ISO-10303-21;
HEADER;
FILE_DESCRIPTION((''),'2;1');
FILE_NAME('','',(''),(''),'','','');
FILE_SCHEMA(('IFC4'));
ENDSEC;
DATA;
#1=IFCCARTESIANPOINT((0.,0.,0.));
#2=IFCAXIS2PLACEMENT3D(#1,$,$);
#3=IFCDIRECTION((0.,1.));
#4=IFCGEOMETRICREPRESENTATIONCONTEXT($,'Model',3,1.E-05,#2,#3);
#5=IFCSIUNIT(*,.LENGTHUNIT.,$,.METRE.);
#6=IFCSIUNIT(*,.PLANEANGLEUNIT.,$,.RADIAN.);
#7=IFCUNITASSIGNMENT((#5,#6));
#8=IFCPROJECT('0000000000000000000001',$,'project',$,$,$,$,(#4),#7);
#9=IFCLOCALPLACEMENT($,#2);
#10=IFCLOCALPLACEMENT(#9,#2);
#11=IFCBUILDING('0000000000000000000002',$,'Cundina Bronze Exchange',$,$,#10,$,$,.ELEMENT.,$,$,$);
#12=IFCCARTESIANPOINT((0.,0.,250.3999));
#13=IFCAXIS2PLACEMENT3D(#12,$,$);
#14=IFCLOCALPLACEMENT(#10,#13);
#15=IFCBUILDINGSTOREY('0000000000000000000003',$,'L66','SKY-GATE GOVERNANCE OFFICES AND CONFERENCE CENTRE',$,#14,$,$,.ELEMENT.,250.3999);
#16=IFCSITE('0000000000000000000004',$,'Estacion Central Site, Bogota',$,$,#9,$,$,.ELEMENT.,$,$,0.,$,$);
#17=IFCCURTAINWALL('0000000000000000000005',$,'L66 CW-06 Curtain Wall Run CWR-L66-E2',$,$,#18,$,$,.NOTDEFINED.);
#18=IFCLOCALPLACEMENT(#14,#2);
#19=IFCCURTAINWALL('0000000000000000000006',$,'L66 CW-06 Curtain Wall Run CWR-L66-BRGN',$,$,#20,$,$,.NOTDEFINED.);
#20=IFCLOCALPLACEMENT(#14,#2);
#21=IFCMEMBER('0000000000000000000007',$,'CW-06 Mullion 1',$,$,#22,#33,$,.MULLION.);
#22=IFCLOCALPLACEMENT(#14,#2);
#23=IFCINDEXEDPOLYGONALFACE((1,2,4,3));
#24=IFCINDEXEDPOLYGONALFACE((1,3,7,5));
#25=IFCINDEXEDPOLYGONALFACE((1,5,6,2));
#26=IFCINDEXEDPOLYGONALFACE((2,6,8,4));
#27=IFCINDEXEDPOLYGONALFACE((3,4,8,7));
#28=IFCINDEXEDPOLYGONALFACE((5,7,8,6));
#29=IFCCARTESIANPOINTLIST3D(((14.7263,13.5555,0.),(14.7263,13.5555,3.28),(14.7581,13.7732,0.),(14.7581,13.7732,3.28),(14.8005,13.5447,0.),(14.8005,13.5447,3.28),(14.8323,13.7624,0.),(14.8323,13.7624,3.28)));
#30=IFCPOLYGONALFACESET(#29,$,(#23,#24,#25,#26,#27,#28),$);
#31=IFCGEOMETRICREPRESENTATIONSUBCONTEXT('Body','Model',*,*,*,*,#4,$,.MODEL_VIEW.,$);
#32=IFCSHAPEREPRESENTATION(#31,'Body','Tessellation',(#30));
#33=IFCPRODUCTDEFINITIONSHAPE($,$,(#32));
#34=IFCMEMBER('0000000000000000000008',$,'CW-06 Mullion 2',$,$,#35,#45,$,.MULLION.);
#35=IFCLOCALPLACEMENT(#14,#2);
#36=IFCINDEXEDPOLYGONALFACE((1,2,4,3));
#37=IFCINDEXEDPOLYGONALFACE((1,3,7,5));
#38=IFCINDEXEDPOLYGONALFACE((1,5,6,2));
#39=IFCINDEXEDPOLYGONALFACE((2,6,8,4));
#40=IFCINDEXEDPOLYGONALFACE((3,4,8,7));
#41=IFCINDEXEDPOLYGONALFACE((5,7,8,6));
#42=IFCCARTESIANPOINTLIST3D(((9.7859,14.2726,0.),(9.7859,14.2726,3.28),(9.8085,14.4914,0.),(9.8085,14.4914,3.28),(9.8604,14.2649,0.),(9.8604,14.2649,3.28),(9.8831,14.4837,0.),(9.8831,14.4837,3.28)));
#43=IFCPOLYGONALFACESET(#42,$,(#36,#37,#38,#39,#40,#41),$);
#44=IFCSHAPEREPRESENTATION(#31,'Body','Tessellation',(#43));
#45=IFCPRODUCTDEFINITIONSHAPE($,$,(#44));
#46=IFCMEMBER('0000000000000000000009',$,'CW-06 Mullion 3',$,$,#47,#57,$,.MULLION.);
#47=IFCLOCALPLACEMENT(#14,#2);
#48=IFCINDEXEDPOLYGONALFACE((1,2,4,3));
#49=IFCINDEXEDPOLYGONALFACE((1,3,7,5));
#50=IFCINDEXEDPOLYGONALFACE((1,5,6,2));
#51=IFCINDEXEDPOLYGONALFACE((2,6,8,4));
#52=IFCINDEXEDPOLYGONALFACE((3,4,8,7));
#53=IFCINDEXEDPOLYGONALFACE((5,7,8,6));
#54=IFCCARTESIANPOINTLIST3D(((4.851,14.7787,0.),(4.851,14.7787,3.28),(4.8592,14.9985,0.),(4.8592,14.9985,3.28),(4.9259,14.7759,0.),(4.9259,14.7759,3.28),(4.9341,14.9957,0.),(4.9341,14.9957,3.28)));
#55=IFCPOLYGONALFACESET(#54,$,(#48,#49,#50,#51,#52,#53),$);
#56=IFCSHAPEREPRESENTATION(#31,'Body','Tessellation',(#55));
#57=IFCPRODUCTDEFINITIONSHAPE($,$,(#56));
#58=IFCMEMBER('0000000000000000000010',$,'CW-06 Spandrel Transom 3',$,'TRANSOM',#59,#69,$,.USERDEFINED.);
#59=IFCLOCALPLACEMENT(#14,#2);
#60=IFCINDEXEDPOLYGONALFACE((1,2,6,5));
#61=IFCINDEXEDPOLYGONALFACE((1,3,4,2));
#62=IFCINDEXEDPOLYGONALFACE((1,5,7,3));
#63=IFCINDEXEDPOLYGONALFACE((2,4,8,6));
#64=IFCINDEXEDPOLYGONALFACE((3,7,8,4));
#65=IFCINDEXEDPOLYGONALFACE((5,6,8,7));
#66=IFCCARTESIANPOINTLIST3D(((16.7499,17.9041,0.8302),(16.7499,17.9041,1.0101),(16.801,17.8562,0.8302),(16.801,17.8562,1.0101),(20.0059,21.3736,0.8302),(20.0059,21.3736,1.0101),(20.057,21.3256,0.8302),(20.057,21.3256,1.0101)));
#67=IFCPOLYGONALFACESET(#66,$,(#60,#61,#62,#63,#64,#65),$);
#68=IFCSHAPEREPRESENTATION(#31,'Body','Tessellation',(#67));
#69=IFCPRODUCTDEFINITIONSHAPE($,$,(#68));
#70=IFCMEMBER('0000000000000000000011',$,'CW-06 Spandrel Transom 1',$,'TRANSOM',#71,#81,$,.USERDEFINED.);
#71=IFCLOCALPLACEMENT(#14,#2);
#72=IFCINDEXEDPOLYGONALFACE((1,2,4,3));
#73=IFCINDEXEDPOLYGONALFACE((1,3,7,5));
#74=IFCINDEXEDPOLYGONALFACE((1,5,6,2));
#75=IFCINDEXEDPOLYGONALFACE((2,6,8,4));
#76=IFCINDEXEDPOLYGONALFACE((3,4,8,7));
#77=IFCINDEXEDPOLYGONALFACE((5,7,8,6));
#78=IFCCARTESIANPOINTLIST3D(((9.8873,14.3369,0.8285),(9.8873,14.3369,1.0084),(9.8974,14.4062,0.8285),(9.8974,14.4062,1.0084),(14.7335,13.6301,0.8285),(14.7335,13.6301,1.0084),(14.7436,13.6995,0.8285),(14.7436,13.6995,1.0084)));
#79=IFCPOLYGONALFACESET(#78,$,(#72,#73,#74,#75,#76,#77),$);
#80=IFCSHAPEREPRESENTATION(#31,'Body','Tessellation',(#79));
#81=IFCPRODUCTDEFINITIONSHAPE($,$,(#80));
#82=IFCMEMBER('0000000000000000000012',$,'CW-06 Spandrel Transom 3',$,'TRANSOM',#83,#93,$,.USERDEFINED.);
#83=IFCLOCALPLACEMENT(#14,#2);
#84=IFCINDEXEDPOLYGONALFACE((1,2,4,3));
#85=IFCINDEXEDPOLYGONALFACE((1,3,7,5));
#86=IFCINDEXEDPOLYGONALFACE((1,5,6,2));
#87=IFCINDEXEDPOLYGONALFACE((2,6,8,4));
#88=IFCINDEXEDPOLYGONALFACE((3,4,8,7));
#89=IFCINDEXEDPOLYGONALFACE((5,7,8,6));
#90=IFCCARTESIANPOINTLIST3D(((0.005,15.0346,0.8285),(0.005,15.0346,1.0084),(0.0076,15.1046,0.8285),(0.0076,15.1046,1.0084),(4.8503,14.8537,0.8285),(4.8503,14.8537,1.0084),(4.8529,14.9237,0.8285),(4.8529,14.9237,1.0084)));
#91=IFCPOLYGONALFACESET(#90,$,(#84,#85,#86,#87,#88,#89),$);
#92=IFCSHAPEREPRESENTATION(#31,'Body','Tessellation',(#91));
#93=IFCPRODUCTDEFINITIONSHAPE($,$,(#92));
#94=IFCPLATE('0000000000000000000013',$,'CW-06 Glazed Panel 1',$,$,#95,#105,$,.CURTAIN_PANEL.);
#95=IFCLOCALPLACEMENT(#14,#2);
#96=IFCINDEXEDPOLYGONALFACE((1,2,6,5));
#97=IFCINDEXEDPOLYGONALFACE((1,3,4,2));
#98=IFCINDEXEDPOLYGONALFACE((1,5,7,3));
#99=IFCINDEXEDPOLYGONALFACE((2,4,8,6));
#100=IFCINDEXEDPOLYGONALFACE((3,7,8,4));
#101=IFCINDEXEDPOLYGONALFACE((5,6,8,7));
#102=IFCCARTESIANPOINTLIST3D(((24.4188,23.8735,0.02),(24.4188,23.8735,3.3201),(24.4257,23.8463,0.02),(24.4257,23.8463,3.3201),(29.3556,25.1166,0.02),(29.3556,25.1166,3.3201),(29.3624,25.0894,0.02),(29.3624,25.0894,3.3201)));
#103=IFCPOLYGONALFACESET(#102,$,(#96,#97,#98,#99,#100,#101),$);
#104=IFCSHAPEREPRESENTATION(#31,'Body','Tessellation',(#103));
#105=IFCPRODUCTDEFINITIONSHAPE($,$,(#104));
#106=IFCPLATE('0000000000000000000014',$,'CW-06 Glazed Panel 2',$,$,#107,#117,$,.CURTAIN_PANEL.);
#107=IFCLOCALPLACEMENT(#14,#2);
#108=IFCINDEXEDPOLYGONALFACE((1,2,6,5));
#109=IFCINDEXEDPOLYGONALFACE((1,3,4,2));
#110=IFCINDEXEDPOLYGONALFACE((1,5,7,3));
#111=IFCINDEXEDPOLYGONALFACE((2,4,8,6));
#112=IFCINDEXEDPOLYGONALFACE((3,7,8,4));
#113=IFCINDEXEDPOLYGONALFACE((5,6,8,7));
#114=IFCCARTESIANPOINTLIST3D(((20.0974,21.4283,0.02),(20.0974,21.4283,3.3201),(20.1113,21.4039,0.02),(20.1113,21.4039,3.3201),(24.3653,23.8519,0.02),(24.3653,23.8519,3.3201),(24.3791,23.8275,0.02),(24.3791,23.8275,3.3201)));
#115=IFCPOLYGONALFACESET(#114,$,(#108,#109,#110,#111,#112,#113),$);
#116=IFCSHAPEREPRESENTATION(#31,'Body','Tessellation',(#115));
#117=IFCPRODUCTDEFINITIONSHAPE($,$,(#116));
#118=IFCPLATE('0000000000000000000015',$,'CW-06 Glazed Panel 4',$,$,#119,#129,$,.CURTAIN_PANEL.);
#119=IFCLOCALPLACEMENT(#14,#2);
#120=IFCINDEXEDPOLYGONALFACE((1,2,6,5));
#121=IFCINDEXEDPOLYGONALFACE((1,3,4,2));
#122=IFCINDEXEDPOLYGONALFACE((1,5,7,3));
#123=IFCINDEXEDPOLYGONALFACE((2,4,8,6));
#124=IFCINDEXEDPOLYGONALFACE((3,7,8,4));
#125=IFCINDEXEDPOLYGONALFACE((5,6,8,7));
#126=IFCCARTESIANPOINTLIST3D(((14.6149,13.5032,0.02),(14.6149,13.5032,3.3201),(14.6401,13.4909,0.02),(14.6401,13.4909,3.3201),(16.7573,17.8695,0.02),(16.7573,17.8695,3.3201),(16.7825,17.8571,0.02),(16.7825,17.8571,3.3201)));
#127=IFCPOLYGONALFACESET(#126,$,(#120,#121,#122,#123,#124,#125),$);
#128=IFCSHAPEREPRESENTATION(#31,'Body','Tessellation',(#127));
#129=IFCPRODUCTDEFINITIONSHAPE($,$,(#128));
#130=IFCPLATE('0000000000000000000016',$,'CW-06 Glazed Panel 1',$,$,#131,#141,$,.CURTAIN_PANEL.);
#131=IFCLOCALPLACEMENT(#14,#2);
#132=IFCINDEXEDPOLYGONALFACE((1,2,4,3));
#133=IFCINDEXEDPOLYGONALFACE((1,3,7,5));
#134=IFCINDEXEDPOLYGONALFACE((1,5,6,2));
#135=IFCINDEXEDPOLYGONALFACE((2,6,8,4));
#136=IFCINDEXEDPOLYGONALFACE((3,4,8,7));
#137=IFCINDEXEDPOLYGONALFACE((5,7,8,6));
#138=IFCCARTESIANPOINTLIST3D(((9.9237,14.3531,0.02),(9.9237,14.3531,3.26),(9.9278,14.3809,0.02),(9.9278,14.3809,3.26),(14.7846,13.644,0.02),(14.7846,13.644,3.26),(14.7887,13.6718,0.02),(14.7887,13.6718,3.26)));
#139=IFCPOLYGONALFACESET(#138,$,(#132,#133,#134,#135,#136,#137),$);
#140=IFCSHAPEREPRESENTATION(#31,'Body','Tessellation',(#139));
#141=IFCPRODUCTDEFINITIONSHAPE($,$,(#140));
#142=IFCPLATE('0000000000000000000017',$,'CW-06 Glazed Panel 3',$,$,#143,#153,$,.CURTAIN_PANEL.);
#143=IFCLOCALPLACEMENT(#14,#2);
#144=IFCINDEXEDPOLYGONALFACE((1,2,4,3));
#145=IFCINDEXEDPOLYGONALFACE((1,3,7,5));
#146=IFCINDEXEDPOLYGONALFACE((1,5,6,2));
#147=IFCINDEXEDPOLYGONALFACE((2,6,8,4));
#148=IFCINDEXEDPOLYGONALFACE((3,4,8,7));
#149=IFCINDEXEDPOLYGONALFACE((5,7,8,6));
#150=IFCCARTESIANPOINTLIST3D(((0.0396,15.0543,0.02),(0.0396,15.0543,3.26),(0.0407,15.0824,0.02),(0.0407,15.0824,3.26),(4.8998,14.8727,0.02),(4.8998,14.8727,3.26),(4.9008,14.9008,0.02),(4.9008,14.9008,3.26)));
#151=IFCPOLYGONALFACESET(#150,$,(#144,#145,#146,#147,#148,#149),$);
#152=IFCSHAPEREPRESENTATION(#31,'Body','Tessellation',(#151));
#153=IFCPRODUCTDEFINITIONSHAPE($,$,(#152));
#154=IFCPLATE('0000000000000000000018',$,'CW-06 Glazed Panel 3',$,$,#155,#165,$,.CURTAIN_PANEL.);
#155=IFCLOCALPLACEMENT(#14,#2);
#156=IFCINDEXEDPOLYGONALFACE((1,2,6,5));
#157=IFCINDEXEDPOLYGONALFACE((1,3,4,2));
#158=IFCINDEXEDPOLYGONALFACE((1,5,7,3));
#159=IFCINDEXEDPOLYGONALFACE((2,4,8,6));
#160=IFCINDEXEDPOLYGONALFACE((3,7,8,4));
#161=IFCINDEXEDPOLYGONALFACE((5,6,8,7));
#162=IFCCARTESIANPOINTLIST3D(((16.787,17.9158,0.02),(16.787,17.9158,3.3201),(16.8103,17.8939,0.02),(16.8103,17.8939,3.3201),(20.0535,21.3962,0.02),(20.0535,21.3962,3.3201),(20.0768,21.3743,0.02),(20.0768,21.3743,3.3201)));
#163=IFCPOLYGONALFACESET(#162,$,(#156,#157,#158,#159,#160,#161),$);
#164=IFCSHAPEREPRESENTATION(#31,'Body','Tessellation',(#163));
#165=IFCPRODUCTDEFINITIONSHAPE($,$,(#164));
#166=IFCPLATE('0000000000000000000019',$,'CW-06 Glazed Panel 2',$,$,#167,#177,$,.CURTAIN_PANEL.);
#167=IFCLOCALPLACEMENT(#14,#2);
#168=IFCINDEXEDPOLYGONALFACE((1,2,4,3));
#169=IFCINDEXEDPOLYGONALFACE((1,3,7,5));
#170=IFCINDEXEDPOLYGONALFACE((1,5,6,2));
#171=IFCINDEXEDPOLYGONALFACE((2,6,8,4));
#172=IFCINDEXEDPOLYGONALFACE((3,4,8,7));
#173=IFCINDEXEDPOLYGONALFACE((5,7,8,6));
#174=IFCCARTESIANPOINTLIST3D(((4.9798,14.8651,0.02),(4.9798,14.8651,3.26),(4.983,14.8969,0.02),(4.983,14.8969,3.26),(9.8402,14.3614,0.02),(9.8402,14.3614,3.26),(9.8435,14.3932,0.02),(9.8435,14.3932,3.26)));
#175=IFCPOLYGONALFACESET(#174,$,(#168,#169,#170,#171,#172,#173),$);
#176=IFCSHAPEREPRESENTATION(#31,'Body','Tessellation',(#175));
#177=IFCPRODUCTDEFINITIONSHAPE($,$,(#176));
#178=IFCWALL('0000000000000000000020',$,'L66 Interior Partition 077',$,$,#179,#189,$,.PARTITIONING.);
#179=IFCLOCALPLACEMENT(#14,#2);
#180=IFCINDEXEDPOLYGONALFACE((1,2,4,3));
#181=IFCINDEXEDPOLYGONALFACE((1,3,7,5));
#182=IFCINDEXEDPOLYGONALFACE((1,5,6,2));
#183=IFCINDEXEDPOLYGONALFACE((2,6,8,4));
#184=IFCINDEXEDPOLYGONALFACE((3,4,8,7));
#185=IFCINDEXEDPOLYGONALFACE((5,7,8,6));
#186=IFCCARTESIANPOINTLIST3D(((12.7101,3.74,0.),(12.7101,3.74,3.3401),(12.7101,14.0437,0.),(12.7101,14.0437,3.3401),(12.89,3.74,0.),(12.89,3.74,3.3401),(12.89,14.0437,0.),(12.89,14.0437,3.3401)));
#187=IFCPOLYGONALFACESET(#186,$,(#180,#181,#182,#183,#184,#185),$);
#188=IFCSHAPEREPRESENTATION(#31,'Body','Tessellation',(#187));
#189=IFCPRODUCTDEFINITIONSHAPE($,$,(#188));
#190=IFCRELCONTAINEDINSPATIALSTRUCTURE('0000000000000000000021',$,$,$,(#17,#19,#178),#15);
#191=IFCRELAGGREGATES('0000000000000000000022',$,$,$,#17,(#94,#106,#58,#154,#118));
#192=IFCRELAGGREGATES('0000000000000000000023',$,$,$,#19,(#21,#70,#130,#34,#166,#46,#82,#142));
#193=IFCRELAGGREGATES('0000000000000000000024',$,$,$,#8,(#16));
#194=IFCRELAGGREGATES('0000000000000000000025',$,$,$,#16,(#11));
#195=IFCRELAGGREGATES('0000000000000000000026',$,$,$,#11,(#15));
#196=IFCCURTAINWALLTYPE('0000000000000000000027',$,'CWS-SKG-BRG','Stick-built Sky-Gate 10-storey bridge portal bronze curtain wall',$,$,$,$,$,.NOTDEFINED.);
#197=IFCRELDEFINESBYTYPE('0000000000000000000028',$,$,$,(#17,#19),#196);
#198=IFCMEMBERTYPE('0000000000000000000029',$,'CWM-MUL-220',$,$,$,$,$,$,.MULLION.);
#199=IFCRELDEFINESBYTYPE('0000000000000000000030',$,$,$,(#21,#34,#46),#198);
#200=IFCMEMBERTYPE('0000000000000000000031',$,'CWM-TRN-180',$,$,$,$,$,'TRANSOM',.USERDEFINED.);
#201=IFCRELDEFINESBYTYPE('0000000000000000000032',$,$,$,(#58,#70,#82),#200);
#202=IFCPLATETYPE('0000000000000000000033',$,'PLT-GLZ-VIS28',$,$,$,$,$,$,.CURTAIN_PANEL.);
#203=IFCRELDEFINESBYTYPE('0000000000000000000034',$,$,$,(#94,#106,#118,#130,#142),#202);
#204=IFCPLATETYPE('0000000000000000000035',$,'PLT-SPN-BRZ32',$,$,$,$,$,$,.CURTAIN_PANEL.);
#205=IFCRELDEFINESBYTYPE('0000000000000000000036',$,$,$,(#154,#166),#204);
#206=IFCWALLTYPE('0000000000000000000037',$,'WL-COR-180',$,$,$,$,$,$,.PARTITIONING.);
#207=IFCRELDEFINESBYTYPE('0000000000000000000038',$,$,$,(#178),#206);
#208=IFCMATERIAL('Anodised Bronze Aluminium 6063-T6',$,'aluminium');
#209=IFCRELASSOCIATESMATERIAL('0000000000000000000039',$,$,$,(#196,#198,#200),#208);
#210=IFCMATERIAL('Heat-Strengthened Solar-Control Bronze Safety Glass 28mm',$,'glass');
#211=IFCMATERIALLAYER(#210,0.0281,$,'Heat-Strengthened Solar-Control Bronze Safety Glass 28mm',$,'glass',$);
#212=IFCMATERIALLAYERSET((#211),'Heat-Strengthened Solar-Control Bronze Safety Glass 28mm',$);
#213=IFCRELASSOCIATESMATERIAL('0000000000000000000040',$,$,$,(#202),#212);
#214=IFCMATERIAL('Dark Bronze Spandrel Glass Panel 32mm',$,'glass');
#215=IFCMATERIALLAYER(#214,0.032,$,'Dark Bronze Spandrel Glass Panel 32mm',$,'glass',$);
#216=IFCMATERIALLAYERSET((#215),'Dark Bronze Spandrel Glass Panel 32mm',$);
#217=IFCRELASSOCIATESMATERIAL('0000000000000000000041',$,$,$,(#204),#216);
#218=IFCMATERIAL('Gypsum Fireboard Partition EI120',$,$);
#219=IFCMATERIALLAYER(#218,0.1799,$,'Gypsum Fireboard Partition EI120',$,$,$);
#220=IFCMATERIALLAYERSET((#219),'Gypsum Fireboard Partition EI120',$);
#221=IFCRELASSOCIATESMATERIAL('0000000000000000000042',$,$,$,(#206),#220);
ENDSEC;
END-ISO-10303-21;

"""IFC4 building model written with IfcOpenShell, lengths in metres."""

from ifc_helpers import new_model, si_unit, direction, frame, frame_2d, origin, origin_2d, place, context, subcontext, project, spatial, rectangle, extrude, material, layer, layer_set, material_profile, profile_set, type_object, element, aggregate, save


model = new_model("IFC4")

# Units and contexts
model_context = context("Model", 3, precision=1e-05, world=origin(), true_north=direction((0.0, 1.0)))
body_context = subcontext(model_context, "Body", "Model", "MODEL_VIEW")
ifc_project = project(units=[si_unit("LENGTHUNIT", "METRE"), si_unit("PLANEANGLEUNIT", "RADIAN")], contexts=[model_context])

# Site, building, storey
site_placement = place(None, origin())
site = spatial("IfcSite", under=ifc_project, at=site_placement, Name="Estacion Central Site, Bogota", CompositionType="ELEMENT", RefElevation=0.0)
building_placement = place(site_placement, origin())
building = spatial("IfcBuilding", under=site, at=building_placement, Name="Cundina Bronze Exchange", CompositionType="ELEMENT")
storey_placement = place(building_placement, frame((0.0, 0.0, 250.3999)))
storey = spatial("IfcBuildingStorey", under=building, at=storey_placement, Name="L66", Description="SKY-GATE GOVERNANCE OFFICES AND CONFERENCE CENTRE", CompositionType="ELEMENT", Elevation=250.3999)

# Curtain walls, members
ifc_material_1 = material(Name="Anodised Bronze Aluminium 6063-T6", Category="aluminium")
curtain_wall_type = type_object("IfcCurtainWallType", Name="CWS-SKG-BRG", Description="Stick-built Sky-Gate 10-storey bridge portal bronze curtain wall", PredefinedType="NOTDEFINED", material=ifc_material_1)
curtain_wall_1_placement = place(storey_placement, origin())
curtain_wall_1 = element("IfcCurtainWall", 1, at=curtain_wall_1_placement, inside=storey, type_object=curtain_wall_type, Name="L66 CW-06 Curtain Wall Run CWR-L66-E2", PredefinedType="NOTDEFINED")
ifc_material_profile_1 = material_profile(ifc_material_1, rectangle(XDim=0.075, YDim=0.22, at=origin_2d()), Name="AL75X220", Category="aluminium")
ifc_profile_set_1 = profile_set([ifc_material_profile_1], Name="Anodised Bronze Aluminium 6063-T6")
member_type_1 = type_object("IfcMemberType", Name="CWM-MUL-220", PredefinedType="MULLION", material=ifc_profile_set_1)
curtain_wall_2_placement = place(storey_placement, origin())
curtain_wall_2 = element("IfcCurtainWall", 2, at=curtain_wall_2_placement, inside=storey, type_object=curtain_wall_type, Name="L66 CW-06 Curtain Wall Run CWR-L66-BRGN", PredefinedType="NOTDEFINED")
member_1_placement = place(storey_placement, frame((14.7793, 13.6589, 0.0), z_axis=(0.0, 0.0, 1.0), x_axis=(-0.989526, 0.144356, 0.0)))
member_1 = element("IfcMember", 3, at=member_1_placement, type_object=member_type_1, Name="CW-06 Mullion 1", PredefinedType="MULLION", context=body_context, shape_type="SweptSolid", body=[
    extrude(rectangle(XDim=0.075, YDim=0.22, at=origin_2d()), origin(), (0.0, 0.0, 1.0), 3.28),
])
member_2_placement = place(storey_placement, frame((9.8345, 14.3782, 0.0), z_axis=(0.0, 0.0, 1.0), x_axis=(-0.994667, 0.10314, 0.0)))
member_2 = element("IfcMember", 4, at=member_2_placement, type_object=member_type_1, Name="CW-06 Mullion 2", PredefinedType="MULLION", context=body_context, shape_type="SweptSolid", body=[
    extrude(rectangle(XDim=0.075, YDim=0.22, at=origin_2d()), origin(), (0.0, 0.0, 1.0), 3.28),
])
member_3_placement = place(storey_placement, frame((4.8926, 14.8872, 0.0), z_axis=(0.0, 0.0, 1.0), x_axis=(-0.999303, 0.037341, 0.0)))
member_3 = element("IfcMember", 5, at=member_3_placement, type_object=member_type_1, Name="CW-06 Mullion 3", PredefinedType="MULLION", context=body_context, shape_type="SweptSolid", body=[
    extrude(rectangle(XDim=0.075, YDim=0.22, at=origin_2d()), origin(), (0.0, 0.0, 1.0), 3.28),
])

# Members
ifc_material_profile_2 = material_profile(ifc_material_1, rectangle(XDim=0.0701, YDim=0.1799, at=origin_2d()), Name="AL70X180", Category="aluminium")
ifc_profile_set_2 = profile_set([ifc_material_profile_2], Name="Anodised Bronze Aluminium 6063-T6")
member_type_2 = type_object("IfcMemberType", Name="CWM-TRN-180", ElementType="TRANSOM", PredefinedType="USERDEFINED", material=ifc_profile_set_2)
member_4_placement = place(storey_placement, frame((20.0315, 21.3496, 0.9202), z_axis=(-0.684328, -0.729174, 0.0), x_axis=(0.729174, -0.684328, 0.0)))
member_4 = element("IfcMember", 6, at=member_4_placement, type_object=member_type_2, Name="CW-06 Spandrel Transom 3", ObjectType="TRANSOM", PredefinedType="USERDEFINED", context=body_context, shape_type="SweptSolid", body=[
    extrude(rectangle(XDim=0.0701, YDim=0.1799, at=origin_2d()), origin(), (0.0, 0.0, 1.0), 4.7581),
])
member_5_placement = place(storey_placement, frame((14.7385, 13.6648, 0.9185), z_axis=(-0.989531, 0.144317, 0.0), x_axis=(-0.144317, -0.989531, 0.0)))
member_5 = element("IfcMember", 7, at=member_5_placement, type_object=member_type_2, Name="CW-06 Spandrel Transom 1", ObjectType="TRANSOM", PredefinedType="USERDEFINED", context=body_context, shape_type="SweptSolid", body=[
    extrude(rectangle(XDim=0.0701, YDim=0.1799, at=origin_2d()), origin(), (0.0, 0.0, 1.0), 4.8975),
])
member_6_placement = place(storey_placement, frame((4.8516, 14.8887, 0.9185), z_axis=(-0.999304, 0.037312, 0.0), x_axis=(-0.037312, -0.999304, 0.0)))
member_6 = element("IfcMember", 8, at=member_6_placement, type_object=member_type_2, Name="CW-06 Spandrel Transom 3", ObjectType="TRANSOM", PredefinedType="USERDEFINED", context=body_context, shape_type="SweptSolid", body=[
    extrude(rectangle(XDim=0.0701, YDim=0.1799, at=origin_2d()), origin(), (0.0, 0.0, 1.0), 4.8486),
])

# Plates
ifc_material_2 = material(Name="Heat-Strengthened Solar-Control Bronze Safety Glass 28mm", Category="glass")
ifc_layer_1 = layer(ifc_material_2, 0.0281, Name="Heat-Strengthened Solar-Control Bronze Safety Glass 28mm", Category="glass")
ifc_layer_set_1 = layer_set([ifc_layer_1], Name="Heat-Strengthened Solar-Control Bronze Safety Glass 28mm")
plate_type_1 = type_object("IfcPlateType", Name="PLT-GLZ-VIS28", PredefinedType="CURTAIN_PANEL", material=ifc_layer_set_1)
plate_1_placement = place(storey_placement, frame((26.8906, 24.4814, 0.02), z_axis=(0.0, 0.0, 1.0), x_axis=(-0.969732, -0.244174, 0.0)))
plate_1 = element("IfcPlate", 9, at=plate_1_placement, type_object=plate_type_1, Name="CW-06 Glazed Panel 1", PredefinedType="CURTAIN_PANEL", context=body_context, shape_type="SweptSolid", body=[
    extrude(rectangle(XDim=5.0908, YDim=0.0281, at=origin_2d()), origin(), (0.0, 0.0, 1.0), 3.3),
])
plate_2_placement = place(storey_placement, frame((22.2383, 22.6279, 0.02), z_axis=(0.0, 0.0, 1.0), x_axis=(-0.869573, -0.493805, 0.0)))
plate_2 = element("IfcPlate", 10, at=plate_2_placement, type_object=plate_type_1, Name="CW-06 Glazed Panel 2", PredefinedType="CURTAIN_PANEL", context=body_context, shape_type="SweptSolid", body=[
    extrude(rectangle(XDim=4.908, YDim=0.0281, at=origin_2d()), origin(), (0.0, 0.0, 1.0), 3.3),
])
plate_3_placement = place(storey_placement, frame((15.6987, 15.6802, 0.02), z_axis=(0.0, 0.0, 1.0), x_axis=(-0.440503, -0.897751, 0.0)))
plate_3 = element("IfcPlate", 11, at=plate_3_placement, type_object=plate_type_1, Name="CW-06 Glazed Panel 4", PredefinedType="CURTAIN_PANEL", context=body_context, shape_type="SweptSolid", body=[
    extrude(rectangle(XDim=4.8635, YDim=0.0281, at=origin_2d()), origin(), (0.0, 0.0, 1.0), 3.3),
])
plate_4_placement = place(storey_placement, frame((12.3562, 14.0125, 0.02), z_axis=(0.0, 0.0, 1.0), x_axis=(-0.989528, 0.144339, 0.0)))
plate_4 = element("IfcPlate", 12, at=plate_4_placement, type_object=plate_type_1, Name="CW-06 Glazed Panel 1", PredefinedType="CURTAIN_PANEL", context=body_context, shape_type="SweptSolid", body=[
    extrude(rectangle(XDim=4.9124, YDim=0.0281, at=origin_2d()), origin(), (0.0, 0.0, 1.0), 3.24),
])
plate_5_placement = place(storey_placement, frame((2.4702, 14.9775, 0.02), z_axis=(0.0, 0.0, 1.0), x_axis=(-0.999303, 0.037341, 0.0)))
plate_5 = element("IfcPlate", 13, at=plate_5_placement, type_object=plate_type_1, Name="CW-06 Glazed Panel 3", PredefinedType="CURTAIN_PANEL", context=body_context, shape_type="SweptSolid", body=[
    extrude(rectangle(XDim=4.8635, YDim=0.0281, at=origin_2d()), origin(), (0.0, 0.0, 1.0), 3.24),
])
ifc_material_3 = material(Name="Dark Bronze Spandrel Glass Panel 32mm", Category="glass")
ifc_layer_2 = layer(ifc_material_3, 0.032, Name="Dark Bronze Spandrel Glass Panel 32mm", Category="glass")
ifc_layer_set_2 = layer_set([ifc_layer_2], Name="Dark Bronze Spandrel Glass Panel 32mm")
plate_type_2 = type_object("IfcPlateType", Name="PLT-SPN-BRZ32", PredefinedType="CURTAIN_PANEL", material=ifc_layer_set_2)
plate_6_placement = place(storey_placement, frame((18.4319, 19.645, 0.02), z_axis=(0.0, 0.0, 1.0), x_axis=(-0.684344, -0.72916, 0.0)))
plate_6 = element("IfcPlate", 14, at=plate_6_placement, type_object=plate_type_2, Name="CW-06 Glazed Panel 3", PredefinedType="CURTAIN_PANEL", context=body_context, shape_type="SweptSolid", body=[
    extrude(rectangle(XDim=4.7732, YDim=0.032, at=origin_2d()), origin(), (0.0, 0.0, 1.0), 3.3),
])
aggregate(curtain_wall_1, [plate_1, plate_2, member_4, plate_6, plate_3])
plate_7_placement = place(storey_placement, frame((7.4116, 14.6292, 0.02), z_axis=(0.0, 0.0, 1.0), x_axis=(-0.994672, 0.103088, 0.0)))
plate_7 = element("IfcPlate", 15, at=plate_7_placement, type_object=plate_type_2, Name="CW-06 Glazed Panel 2", PredefinedType="CURTAIN_PANEL", context=body_context, shape_type="SweptSolid", body=[
    extrude(rectangle(XDim=4.8865, YDim=0.032, at=origin_2d()), origin(), (0.0, 0.0, 1.0), 3.24),
])
aggregate(curtain_wall_2, [member_1, member_5, plate_4, member_2, plate_7, member_3, member_6, plate_5])

# Wall
ifc_material_4 = material(Name="Gypsum Fireboard Partition EI120")
ifc_layer_3 = layer(ifc_material_4, 0.1799, Name="Gypsum Fireboard Partition EI120")
ifc_layer_set_3 = layer_set([ifc_layer_3], Name="Gypsum Fireboard Partition EI120")
wall_type_1 = type_object("IfcWallType", Name="WL-COR-180", PredefinedType="PARTITIONING", material=ifc_layer_set_3)
wall_1_placement = place(storey_placement, frame((12.8, 3.74, 0.0), z_axis=(0.0, 0.0, 1.0), x_axis=(0.0, 1.0, 0.0)))
element("IfcWall", 16, at=wall_1_placement, inside=storey, type_object=wall_type_1, Name="L66 Interior Partition 077", PredefinedType="PARTITIONING", context=body_context, shape_type="SweptSolid", body=[
    extrude(rectangle(XDim=10.3037, YDim=0.1799, at=frame_2d((5.1519, 0.0))), origin(), (0.0, 0.0, 1.0), 3.3401),
])

save(model, "model.ifc")
